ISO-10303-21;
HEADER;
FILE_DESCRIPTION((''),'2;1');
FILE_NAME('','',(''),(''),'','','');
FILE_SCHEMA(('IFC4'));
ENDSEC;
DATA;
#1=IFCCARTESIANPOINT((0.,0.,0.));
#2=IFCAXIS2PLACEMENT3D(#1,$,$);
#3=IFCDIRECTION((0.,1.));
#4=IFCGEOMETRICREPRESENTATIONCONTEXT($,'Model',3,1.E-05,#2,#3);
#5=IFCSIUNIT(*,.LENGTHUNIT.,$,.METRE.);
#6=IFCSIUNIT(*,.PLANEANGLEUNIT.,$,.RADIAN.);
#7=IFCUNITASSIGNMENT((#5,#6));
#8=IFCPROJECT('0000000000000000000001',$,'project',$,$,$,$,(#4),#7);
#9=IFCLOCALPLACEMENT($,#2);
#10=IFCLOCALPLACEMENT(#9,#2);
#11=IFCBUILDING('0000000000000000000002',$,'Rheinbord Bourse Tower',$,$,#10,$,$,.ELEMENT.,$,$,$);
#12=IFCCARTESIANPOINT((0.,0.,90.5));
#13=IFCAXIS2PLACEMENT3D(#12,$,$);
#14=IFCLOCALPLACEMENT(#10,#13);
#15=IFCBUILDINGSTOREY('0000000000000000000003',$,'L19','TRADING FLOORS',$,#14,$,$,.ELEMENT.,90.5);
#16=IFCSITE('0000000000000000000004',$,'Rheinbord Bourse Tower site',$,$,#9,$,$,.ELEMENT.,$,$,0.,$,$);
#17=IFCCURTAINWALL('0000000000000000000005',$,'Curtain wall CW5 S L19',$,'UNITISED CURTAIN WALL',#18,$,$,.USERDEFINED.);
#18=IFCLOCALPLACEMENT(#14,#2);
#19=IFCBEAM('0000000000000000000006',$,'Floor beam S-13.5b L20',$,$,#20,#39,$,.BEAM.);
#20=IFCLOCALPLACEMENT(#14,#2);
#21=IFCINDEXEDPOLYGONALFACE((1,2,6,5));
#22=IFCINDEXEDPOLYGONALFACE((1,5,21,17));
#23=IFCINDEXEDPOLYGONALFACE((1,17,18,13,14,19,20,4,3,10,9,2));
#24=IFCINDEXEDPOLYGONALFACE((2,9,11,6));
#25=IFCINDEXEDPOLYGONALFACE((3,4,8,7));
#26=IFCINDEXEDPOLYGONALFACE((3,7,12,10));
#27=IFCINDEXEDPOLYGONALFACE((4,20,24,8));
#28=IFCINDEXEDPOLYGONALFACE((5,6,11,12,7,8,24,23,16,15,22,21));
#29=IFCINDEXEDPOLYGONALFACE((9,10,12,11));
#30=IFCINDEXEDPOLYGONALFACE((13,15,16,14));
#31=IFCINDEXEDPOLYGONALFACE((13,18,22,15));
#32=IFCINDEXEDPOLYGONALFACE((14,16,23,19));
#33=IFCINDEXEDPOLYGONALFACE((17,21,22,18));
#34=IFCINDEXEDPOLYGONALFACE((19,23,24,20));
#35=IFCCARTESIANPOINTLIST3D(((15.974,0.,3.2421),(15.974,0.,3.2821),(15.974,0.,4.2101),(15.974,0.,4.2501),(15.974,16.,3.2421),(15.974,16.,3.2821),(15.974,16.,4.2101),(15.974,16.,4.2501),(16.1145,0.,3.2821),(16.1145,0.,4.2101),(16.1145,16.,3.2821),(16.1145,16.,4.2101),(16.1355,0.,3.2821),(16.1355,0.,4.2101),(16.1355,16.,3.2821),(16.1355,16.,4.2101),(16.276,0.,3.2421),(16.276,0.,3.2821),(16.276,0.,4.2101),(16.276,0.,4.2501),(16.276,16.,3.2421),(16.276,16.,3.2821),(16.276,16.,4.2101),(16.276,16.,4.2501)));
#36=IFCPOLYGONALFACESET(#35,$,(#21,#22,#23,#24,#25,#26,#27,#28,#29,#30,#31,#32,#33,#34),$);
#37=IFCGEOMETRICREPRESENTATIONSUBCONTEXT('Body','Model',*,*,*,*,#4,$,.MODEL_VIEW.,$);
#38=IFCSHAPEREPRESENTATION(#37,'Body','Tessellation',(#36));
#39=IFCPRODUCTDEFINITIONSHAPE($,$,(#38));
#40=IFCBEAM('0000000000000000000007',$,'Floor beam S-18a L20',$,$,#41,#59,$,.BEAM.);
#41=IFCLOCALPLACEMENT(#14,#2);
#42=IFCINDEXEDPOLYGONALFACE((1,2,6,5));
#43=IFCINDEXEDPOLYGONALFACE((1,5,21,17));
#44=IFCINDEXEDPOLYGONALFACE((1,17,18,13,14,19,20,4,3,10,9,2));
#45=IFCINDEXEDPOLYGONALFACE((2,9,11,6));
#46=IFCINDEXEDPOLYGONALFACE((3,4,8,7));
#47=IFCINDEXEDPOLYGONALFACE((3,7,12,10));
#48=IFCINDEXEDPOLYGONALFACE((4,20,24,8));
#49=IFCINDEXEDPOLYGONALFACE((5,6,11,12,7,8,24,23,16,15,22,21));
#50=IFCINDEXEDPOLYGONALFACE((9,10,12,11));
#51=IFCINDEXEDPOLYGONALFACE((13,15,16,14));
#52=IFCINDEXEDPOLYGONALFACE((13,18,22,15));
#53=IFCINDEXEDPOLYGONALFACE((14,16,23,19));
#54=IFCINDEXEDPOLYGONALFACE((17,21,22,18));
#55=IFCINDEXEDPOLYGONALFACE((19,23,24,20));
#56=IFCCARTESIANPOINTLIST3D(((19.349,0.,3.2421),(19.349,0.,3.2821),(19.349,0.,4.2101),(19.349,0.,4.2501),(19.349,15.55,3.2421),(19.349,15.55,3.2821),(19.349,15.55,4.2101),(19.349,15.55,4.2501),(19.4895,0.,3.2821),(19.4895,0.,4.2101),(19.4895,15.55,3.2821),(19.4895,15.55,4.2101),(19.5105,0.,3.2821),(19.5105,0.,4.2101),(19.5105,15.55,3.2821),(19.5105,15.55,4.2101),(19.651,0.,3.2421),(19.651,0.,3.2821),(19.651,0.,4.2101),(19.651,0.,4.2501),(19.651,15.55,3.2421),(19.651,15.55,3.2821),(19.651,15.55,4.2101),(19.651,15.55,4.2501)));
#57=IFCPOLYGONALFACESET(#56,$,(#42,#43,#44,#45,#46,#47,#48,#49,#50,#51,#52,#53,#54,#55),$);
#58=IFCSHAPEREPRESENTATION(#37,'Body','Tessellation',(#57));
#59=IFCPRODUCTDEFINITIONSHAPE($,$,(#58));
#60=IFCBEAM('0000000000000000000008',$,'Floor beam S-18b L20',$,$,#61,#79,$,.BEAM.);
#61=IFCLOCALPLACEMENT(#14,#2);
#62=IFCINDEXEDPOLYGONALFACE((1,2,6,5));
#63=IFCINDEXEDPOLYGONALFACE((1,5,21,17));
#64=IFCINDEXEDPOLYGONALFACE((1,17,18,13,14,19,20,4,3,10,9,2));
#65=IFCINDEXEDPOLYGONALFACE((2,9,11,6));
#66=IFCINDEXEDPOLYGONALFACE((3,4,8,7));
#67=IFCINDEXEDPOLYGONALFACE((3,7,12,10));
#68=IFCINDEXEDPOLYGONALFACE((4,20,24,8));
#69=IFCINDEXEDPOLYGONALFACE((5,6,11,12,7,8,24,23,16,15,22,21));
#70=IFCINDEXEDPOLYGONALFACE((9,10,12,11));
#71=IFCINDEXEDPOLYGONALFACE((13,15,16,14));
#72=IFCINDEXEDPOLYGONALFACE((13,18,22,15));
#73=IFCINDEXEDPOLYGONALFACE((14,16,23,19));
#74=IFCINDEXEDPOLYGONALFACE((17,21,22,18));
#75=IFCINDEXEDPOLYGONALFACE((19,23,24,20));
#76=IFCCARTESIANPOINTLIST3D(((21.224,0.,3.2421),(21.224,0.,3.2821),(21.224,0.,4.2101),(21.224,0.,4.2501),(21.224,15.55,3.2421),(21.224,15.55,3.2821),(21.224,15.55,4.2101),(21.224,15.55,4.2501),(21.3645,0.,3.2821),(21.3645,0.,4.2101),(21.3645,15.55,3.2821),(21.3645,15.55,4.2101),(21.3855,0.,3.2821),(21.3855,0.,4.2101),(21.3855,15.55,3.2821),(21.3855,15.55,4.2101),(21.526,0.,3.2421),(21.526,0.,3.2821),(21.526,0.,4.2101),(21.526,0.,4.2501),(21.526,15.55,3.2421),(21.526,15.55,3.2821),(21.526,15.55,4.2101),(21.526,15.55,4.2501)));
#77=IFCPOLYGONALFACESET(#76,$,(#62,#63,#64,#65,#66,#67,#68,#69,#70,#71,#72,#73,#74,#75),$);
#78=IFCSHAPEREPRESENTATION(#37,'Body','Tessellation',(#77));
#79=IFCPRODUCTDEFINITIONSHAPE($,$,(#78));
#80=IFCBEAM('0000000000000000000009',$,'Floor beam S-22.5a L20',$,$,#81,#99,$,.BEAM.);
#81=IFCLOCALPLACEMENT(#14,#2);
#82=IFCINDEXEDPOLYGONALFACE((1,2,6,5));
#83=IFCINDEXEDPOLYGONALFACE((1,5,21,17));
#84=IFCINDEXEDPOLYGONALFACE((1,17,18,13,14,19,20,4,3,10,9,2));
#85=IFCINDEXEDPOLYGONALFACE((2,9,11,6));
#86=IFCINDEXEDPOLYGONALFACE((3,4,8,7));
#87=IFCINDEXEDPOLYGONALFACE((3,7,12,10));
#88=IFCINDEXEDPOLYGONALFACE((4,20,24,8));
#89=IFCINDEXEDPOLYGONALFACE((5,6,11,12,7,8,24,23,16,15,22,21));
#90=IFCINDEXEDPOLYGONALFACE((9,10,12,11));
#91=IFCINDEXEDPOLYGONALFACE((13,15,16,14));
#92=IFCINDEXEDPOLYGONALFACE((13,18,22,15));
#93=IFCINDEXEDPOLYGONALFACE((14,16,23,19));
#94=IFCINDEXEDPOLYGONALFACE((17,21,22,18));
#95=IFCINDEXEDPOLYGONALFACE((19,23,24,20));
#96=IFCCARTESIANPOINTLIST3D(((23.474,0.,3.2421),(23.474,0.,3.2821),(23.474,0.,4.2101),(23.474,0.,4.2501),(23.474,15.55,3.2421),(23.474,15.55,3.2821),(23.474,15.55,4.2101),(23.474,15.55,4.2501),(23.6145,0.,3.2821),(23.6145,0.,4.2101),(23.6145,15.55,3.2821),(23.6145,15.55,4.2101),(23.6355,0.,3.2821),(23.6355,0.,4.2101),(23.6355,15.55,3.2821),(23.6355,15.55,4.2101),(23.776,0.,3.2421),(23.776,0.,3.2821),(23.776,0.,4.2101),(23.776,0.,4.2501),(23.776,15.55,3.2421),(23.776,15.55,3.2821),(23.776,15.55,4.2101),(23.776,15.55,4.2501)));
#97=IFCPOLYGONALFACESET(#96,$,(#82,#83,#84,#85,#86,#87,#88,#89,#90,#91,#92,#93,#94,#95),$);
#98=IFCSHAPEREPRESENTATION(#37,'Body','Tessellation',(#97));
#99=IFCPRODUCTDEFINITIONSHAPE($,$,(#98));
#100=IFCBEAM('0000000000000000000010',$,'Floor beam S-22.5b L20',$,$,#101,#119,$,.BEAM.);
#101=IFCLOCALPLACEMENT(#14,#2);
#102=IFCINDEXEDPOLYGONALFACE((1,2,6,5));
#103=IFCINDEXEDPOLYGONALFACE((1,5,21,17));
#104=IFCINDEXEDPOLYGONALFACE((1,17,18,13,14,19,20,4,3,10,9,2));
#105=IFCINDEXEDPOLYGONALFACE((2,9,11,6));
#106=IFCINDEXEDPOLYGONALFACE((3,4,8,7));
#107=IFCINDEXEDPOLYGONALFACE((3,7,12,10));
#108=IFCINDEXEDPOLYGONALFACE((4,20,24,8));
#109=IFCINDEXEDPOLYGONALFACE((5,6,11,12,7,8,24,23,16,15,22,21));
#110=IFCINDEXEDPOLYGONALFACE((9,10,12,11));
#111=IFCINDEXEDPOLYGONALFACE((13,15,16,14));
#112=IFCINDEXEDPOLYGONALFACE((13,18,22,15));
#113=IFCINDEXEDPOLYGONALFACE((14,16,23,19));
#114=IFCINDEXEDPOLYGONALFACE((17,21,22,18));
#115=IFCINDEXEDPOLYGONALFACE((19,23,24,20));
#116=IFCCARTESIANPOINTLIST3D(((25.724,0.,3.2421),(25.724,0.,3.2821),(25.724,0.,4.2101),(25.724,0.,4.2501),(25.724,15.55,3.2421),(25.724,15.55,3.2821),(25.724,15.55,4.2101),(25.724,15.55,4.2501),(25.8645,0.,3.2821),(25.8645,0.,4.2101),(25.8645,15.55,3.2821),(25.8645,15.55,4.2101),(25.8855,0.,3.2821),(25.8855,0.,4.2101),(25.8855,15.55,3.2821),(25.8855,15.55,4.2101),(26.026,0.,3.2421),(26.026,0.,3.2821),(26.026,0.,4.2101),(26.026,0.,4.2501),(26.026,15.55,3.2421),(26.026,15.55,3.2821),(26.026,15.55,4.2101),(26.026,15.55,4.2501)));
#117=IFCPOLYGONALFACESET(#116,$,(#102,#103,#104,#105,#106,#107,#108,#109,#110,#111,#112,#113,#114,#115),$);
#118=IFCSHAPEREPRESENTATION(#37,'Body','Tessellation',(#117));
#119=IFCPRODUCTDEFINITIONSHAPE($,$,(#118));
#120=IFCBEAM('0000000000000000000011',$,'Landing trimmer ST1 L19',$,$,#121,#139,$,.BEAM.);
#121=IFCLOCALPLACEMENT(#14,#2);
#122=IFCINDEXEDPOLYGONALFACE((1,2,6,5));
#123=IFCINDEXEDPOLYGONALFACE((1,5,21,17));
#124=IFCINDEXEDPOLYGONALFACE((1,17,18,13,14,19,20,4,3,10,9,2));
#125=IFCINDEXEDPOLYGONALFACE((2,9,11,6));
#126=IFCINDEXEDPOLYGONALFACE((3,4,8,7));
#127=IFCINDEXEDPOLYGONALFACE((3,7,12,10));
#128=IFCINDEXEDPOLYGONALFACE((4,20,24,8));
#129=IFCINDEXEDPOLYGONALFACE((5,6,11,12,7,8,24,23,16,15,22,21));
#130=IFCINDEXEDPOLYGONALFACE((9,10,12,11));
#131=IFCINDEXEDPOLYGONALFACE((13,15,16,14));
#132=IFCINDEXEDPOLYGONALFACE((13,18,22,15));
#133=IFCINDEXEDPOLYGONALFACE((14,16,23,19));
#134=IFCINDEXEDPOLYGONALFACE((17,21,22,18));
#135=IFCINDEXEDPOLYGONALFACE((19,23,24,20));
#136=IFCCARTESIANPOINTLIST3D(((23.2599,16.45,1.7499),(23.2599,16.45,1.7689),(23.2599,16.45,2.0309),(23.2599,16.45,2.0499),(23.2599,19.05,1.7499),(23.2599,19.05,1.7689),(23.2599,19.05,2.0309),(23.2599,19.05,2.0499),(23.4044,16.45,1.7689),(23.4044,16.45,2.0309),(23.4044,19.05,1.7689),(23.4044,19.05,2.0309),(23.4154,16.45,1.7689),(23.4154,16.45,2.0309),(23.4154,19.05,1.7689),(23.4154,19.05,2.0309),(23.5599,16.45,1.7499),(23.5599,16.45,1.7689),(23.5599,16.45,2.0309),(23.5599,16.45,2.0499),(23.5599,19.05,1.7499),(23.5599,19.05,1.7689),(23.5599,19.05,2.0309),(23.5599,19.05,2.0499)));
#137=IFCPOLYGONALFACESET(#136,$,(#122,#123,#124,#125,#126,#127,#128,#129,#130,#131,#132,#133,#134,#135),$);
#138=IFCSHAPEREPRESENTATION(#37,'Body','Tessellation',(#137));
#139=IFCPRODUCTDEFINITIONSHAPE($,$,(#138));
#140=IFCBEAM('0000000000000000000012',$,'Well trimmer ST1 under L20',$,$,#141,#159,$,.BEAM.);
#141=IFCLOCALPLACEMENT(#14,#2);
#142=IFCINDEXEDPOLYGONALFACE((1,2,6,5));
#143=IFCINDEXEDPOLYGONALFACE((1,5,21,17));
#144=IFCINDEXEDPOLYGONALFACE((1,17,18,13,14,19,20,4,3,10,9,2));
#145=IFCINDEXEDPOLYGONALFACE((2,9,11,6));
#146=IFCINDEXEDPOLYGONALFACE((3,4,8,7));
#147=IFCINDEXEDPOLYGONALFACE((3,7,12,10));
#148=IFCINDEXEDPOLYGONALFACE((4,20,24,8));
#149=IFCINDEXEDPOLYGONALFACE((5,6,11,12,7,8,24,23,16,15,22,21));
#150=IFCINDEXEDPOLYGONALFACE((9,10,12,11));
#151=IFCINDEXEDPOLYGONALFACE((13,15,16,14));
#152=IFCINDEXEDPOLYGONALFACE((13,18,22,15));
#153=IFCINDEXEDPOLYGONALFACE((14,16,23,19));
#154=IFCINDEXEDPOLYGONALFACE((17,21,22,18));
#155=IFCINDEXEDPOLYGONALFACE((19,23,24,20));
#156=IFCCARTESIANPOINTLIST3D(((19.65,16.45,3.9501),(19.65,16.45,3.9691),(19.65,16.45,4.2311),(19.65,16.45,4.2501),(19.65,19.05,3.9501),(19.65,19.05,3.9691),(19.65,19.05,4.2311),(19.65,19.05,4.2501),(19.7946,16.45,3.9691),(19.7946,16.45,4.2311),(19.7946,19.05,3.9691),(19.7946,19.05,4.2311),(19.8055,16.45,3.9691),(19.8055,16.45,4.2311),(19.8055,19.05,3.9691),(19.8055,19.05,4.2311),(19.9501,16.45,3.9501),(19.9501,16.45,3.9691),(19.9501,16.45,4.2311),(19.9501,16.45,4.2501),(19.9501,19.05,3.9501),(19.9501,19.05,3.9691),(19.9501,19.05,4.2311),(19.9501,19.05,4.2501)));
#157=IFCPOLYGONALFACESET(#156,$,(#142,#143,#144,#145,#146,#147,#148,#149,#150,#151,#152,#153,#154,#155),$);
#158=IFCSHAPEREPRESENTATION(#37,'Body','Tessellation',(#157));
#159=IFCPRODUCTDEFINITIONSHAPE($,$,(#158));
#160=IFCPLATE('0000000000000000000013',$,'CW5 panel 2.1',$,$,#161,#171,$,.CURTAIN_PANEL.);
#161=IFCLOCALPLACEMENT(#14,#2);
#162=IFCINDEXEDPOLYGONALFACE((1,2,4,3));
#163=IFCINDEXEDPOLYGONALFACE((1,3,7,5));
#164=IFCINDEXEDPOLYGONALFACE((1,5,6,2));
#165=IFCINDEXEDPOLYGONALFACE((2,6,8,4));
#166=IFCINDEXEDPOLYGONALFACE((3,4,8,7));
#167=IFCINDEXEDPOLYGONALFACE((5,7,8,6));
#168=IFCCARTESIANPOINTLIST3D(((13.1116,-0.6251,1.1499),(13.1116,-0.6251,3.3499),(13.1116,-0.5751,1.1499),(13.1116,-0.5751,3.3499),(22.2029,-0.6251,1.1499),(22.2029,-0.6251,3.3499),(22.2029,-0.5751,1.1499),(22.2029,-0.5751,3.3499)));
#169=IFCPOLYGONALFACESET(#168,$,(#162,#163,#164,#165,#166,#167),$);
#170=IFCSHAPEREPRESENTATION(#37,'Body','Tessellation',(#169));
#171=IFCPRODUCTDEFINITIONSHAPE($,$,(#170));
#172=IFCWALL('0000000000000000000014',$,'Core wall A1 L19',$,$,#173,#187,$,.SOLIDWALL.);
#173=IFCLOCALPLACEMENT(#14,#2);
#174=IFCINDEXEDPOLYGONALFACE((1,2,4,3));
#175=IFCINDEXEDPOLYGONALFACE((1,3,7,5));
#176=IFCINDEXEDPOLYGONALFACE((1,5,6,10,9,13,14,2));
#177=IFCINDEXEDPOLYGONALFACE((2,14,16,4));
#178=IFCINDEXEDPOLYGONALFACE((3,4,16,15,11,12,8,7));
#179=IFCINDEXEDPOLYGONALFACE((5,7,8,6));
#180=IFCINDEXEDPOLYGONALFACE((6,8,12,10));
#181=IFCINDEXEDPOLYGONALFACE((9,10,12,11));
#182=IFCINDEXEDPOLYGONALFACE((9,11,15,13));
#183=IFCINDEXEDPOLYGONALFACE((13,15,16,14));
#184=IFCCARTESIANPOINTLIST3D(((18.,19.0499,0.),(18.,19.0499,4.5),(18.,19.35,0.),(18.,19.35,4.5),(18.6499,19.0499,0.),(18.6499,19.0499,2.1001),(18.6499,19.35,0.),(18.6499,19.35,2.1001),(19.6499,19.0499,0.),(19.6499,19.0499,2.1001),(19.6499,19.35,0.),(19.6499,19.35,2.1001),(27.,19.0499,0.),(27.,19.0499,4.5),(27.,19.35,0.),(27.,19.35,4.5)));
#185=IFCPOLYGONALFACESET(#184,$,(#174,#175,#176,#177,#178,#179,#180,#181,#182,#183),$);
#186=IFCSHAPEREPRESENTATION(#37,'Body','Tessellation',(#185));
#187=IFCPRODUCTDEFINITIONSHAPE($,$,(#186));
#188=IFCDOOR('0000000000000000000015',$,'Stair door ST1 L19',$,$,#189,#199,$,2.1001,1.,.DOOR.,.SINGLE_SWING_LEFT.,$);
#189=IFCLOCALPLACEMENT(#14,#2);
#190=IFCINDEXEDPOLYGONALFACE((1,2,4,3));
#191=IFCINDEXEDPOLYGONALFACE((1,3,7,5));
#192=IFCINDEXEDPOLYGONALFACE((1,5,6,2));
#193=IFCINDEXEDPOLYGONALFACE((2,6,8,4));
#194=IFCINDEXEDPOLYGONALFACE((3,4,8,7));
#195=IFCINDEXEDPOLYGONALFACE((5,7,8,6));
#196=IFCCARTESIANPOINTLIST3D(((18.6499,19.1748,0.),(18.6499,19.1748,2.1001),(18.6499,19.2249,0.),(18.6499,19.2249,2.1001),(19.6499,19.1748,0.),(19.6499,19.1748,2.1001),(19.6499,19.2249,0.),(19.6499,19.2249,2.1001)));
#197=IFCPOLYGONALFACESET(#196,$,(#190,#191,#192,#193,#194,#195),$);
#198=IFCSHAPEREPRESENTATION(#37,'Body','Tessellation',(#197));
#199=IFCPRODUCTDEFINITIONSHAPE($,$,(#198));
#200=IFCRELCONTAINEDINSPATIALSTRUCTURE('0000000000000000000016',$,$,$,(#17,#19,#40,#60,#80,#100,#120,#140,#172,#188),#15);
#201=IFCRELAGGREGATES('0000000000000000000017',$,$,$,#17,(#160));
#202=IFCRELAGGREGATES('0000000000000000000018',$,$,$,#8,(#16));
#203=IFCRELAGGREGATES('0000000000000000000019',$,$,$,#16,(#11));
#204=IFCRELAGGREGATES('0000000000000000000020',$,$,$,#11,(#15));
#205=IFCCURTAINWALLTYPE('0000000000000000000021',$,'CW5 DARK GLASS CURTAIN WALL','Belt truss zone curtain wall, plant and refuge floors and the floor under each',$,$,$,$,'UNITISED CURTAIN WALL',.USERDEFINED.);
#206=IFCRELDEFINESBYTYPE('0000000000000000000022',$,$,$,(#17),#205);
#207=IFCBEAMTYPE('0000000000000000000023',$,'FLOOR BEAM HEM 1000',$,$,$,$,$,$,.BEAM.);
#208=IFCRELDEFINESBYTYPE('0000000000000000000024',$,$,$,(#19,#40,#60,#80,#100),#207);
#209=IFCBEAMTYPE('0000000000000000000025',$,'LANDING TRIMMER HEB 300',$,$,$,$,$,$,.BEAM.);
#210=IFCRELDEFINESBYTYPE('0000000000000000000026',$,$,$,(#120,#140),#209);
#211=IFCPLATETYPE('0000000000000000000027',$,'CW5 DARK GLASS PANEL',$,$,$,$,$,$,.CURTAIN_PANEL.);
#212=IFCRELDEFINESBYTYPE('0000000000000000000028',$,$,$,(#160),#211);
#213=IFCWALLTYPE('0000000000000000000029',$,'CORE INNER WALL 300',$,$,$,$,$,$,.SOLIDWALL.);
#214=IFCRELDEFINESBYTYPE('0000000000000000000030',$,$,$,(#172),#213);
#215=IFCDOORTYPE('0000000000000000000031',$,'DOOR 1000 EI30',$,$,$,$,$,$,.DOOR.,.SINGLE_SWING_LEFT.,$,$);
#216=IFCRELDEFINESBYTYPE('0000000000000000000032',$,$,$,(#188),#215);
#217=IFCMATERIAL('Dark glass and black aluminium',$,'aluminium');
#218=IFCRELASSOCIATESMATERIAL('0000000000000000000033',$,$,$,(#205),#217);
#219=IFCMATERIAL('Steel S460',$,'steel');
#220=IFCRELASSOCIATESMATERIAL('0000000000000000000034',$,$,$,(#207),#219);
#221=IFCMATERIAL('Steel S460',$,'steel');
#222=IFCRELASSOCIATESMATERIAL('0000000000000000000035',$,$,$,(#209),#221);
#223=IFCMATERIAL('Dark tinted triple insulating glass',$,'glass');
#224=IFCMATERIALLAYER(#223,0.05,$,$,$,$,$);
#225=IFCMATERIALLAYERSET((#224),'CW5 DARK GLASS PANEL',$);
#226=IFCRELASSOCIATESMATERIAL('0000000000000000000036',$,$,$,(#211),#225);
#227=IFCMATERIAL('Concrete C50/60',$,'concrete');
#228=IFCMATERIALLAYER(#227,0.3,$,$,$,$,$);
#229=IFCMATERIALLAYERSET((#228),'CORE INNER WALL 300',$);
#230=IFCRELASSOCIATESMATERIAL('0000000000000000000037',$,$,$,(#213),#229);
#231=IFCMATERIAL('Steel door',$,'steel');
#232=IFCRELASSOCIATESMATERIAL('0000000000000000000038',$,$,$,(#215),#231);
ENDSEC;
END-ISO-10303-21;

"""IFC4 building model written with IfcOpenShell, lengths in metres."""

from ifc_helpers import new_model, si_unit, direction, frame, frame_2d, origin, origin_2d, place, context, subcontext, project, spatial, rectangle, i_section, extrude, material, layer, layer_set, material_profile, profile_set, type_object, element, fill, aggregate, save


model = new_model("IFC4")

# Units and contexts
model_context = context("Model", 3, precision=1e-05, world=origin(), true_north=direction((0.0, 1.0)))
body_context = subcontext(model_context, "Body", "Model", "MODEL_VIEW")
ifc_project = project(units=[si_unit("LENGTHUNIT", "METRE"), si_unit("PLANEANGLEUNIT", "RADIAN")], contexts=[model_context])

# Site, building, storey
site_placement = place(None, origin())
site = spatial("IfcSite", under=ifc_project, at=site_placement, Name="Rheinbord Bourse Tower site", CompositionType="ELEMENT", RefElevation=0.0)
building_placement = place(site_placement, origin())
building = spatial("IfcBuilding", under=site, at=building_placement, Name="Rheinbord Bourse Tower", CompositionType="ELEMENT")
storey_placement = place(building_placement, frame((0.0, 0.0, 90.5)))
storey = spatial("IfcBuildingStorey", under=building, at=storey_placement, Name="L19", Description="TRADING FLOORS", CompositionType="ELEMENT", Elevation=90.5)

# Curtain wall
ifc_material_1 = material(Name="Dark glass and black aluminium", Category="aluminium")
curtain_wall_type = type_object("IfcCurtainWallType", Name="CW5 DARK GLASS CURTAIN WALL", Description="Belt truss zone curtain wall, plant and refuge floors and the floor under each", ElementType="UNITISED CURTAIN WALL", PredefinedType="USERDEFINED", material=ifc_material_1)
curtain_wall_placement = place(storey_placement, origin())
curtain_wall = element("IfcCurtainWall", 1, at=curtain_wall_placement, inside=storey, type_object=curtain_wall_type, Name="Curtain wall CW5 S L19", ObjectType="UNITISED CURTAIN WALL", PredefinedType="USERDEFINED")

# Beams
ifc_material_2 = material(Name="Steel S460", Category="steel")
ifc_material_profile_1 = material_profile(ifc_material_2, i_section(OverallWidth=0.302, OverallDepth=1.0081, WebThickness=0.021, FlangeThickness=0.04, at=origin_2d()), Name="HEM 1000")
ifc_profile_set_1 = profile_set([ifc_material_profile_1], Name="Steel S460")
beam_type_1 = type_object("IfcBeamType", Name="FLOOR BEAM HEM 1000", PredefinedType="BEAM", material=ifc_profile_set_1)
for number, where, z_axis, x_axis, name in (
    (2, (16.125, 0.0, 3.7461), (0.0, 1.0, 0.0), (-1.0, 0.0, 0.0), "Floor beam S-13.5b L20"),
):
    element("IfcBeam", number, at=place(storey_placement, frame(where, z_axis=z_axis, x_axis=x_axis)), inside=storey, type_object=beam_type_1, Name=name, PredefinedType="BEAM", context=body_context, shape_type="SweptSolid", body=[
        extrude(i_section(OverallWidth=0.302, OverallDepth=1.0081, WebThickness=0.021, FlangeThickness=0.04, at=origin_2d()), origin(), (0.0, 0.0, 1.0), 16.0),
    ])
for number, where, z_axis, x_axis, name in (
    (3, (19.5, 0.0, 3.7461), (0.0, 1.0, 0.0), (-1.0, 0.0, 0.0), "Floor beam S-18a L20"),
    (4, (21.375, 0.0, 3.7461), (0.0, 1.0, 0.0), (-1.0, 0.0, 0.0), "Floor beam S-18b L20"),
    (5, (23.625, 0.0, 3.7461), (0.0, 1.0, 0.0), (-1.0, 0.0, 0.0), "Floor beam S-22.5a L20"),
    (6, (25.875, 0.0, 3.7461), (0.0, 1.0, 0.0), (-1.0, 0.0, 0.0), "Floor beam S-22.5b L20"),
):
    element("IfcBeam", number, at=place(storey_placement, frame(where, z_axis=z_axis, x_axis=x_axis)), inside=storey, type_object=beam_type_1, Name=name, PredefinedType="BEAM", context=body_context, shape_type="SweptSolid", body=[
        extrude(i_section(OverallWidth=0.302, OverallDepth=1.0081, WebThickness=0.021, FlangeThickness=0.04, at=origin_2d()), origin(), (0.0, 0.0, 1.0), 15.55),
    ])
ifc_material_3 = material(Name="Steel S460", Category="steel")
ifc_material_profile_2 = material_profile(ifc_material_3, i_section(OverallWidth=0.3, OverallDepth=0.3, WebThickness=0.011, FlangeThickness=0.019, at=origin_2d()), Name="HEB 300")
ifc_profile_set_2 = profile_set([ifc_material_profile_2], Name="Steel S460")
beam_type_2 = type_object("IfcBeamType", Name="LANDING TRIMMER HEB 300", PredefinedType="BEAM", material=ifc_profile_set_2)
for number, where, z_axis, x_axis, name in (
    (7, (23.4099, 16.45, 1.8999), (0.0, 1.0, 0.0), (-1.0, 0.0, 0.0), "Landing trimmer ST1 L19"),
    (8, (19.8, 16.45, 4.1001), (0.0, 1.0, 0.0), (-1.0, 0.0, 0.0), "Well trimmer ST1 under L20"),
):
    element("IfcBeam", number, at=place(storey_placement, frame(where, z_axis=z_axis, x_axis=x_axis)), inside=storey, type_object=beam_type_2, Name=name, PredefinedType="BEAM", context=body_context, shape_type="SweptSolid", body=[
        extrude(i_section(OverallWidth=0.3, OverallDepth=0.3, WebThickness=0.011, FlangeThickness=0.019, at=origin_2d()), origin(), (0.0, 0.0, 1.0), 2.6001),
    ])

# Plate
ifc_material_4 = material(Name="Dark tinted triple insulating glass", Category="glass")
ifc_layer_1 = layer(ifc_material_4, 0.05)
ifc_layer_set_1 = layer_set([ifc_layer_1], Name="CW5 DARK GLASS PANEL")
plate_type = type_object("IfcPlateType", Name="CW5 DARK GLASS PANEL", PredefinedType="CURTAIN_PANEL", material=ifc_layer_set_1)
plate_placement = place(storey_placement, frame((17.6572, -0.6001, 1.1499), z_axis=(0.0, 0.0, 1.0), x_axis=(1.0, 0.0, 0.0)))
plate = element("IfcPlate", 9, at=plate_placement, type_object=plate_type, Name="CW5 panel 2.1", PredefinedType="CURTAIN_PANEL", context=body_context, shape_type="SweptSolid", body=[
    extrude(rectangle(XDim=9.0913, YDim=0.05, at=origin_2d()), origin(), (0.0, 0.0, 1.0), 2.2),
])
aggregate(curtain_wall, [plate])

# Wall, opening, door
ifc_material_5 = material(Name="Concrete C50/60", Category="concrete")
ifc_layer_2 = layer(ifc_material_5, 0.3)
ifc_layer_set_2 = layer_set([ifc_layer_2], Name="CORE INNER WALL 300")
wall_type_1 = type_object("IfcWallType", Name="CORE INNER WALL 300", PredefinedType="SOLIDWALL", material=ifc_layer_set_2)
wall_1_placement = place(storey_placement, frame((18.0, 19.2, 0.0), z_axis=(0.0, 0.0, 1.0), x_axis=(1.0, 0.0, 0.0)))
wall_1 = element("IfcWall", 10, at=wall_1_placement, inside=storey, type_object=wall_type_1, Name="Core wall A1 L19", PredefinedType="SOLIDWALL", context=body_context, shape_type="SweptSolid", body=[
    extrude(rectangle(XDim=9.0, YDim=0.3, at=frame_2d((4.5, 0.0))), origin(), (0.0, 0.0, 1.0), 4.5),
])
opening_1_placement = place(wall_1_placement, frame((0.6499, 0.0, 0.0)))
opening_1 = element("IfcOpeningElement", 11, at=opening_1_placement, cuts=wall_1, PredefinedType="OPENING", context=body_context, shape_type="SweptSolid", body=[
    extrude(rectangle(XDim=1.0, YDim=2.1001, at=frame_2d((0.5, 1.05))), frame((0.0, 0.1599, 0.0), z_axis=(0.0, -1.0, 0.0), x_axis=(1.0, 0.0, 0.0)), (0.0, 0.0, 1.0), 0.3201),
])
ifc_material_6 = material(Name="Steel door", Category="steel")
door_type_1 = type_object("IfcDoorType", Name="DOOR 1000 EI30", OperationType="SINGLE_SWING_LEFT", PredefinedType="DOOR", material=ifc_material_6)
door_1_placement = place(opening_1_placement, origin())
door_1 = element("IfcDoor", 12, at=door_1_placement, inside=storey, type_object=door_type_1, Name="Stair door ST1 L19", OperationType="SINGLE_SWING_LEFT", OverallHeight=2.1001, OverallWidth=1.0, PredefinedType="DOOR", context=body_context, shape_type="SweptSolid", body=[
    extrude(rectangle(XDim=1.0, YDim=2.1001, at=frame_2d((0.5, 1.05))), frame((0.0, 0.0249, 0.0), z_axis=(0.0, -1.0, 0.0), x_axis=(1.0, 0.0, 0.0)), (0.0, 0.0, 1.0), 0.05),
])
fill(opening_1, door_1)

save(model, "model.ifc")
